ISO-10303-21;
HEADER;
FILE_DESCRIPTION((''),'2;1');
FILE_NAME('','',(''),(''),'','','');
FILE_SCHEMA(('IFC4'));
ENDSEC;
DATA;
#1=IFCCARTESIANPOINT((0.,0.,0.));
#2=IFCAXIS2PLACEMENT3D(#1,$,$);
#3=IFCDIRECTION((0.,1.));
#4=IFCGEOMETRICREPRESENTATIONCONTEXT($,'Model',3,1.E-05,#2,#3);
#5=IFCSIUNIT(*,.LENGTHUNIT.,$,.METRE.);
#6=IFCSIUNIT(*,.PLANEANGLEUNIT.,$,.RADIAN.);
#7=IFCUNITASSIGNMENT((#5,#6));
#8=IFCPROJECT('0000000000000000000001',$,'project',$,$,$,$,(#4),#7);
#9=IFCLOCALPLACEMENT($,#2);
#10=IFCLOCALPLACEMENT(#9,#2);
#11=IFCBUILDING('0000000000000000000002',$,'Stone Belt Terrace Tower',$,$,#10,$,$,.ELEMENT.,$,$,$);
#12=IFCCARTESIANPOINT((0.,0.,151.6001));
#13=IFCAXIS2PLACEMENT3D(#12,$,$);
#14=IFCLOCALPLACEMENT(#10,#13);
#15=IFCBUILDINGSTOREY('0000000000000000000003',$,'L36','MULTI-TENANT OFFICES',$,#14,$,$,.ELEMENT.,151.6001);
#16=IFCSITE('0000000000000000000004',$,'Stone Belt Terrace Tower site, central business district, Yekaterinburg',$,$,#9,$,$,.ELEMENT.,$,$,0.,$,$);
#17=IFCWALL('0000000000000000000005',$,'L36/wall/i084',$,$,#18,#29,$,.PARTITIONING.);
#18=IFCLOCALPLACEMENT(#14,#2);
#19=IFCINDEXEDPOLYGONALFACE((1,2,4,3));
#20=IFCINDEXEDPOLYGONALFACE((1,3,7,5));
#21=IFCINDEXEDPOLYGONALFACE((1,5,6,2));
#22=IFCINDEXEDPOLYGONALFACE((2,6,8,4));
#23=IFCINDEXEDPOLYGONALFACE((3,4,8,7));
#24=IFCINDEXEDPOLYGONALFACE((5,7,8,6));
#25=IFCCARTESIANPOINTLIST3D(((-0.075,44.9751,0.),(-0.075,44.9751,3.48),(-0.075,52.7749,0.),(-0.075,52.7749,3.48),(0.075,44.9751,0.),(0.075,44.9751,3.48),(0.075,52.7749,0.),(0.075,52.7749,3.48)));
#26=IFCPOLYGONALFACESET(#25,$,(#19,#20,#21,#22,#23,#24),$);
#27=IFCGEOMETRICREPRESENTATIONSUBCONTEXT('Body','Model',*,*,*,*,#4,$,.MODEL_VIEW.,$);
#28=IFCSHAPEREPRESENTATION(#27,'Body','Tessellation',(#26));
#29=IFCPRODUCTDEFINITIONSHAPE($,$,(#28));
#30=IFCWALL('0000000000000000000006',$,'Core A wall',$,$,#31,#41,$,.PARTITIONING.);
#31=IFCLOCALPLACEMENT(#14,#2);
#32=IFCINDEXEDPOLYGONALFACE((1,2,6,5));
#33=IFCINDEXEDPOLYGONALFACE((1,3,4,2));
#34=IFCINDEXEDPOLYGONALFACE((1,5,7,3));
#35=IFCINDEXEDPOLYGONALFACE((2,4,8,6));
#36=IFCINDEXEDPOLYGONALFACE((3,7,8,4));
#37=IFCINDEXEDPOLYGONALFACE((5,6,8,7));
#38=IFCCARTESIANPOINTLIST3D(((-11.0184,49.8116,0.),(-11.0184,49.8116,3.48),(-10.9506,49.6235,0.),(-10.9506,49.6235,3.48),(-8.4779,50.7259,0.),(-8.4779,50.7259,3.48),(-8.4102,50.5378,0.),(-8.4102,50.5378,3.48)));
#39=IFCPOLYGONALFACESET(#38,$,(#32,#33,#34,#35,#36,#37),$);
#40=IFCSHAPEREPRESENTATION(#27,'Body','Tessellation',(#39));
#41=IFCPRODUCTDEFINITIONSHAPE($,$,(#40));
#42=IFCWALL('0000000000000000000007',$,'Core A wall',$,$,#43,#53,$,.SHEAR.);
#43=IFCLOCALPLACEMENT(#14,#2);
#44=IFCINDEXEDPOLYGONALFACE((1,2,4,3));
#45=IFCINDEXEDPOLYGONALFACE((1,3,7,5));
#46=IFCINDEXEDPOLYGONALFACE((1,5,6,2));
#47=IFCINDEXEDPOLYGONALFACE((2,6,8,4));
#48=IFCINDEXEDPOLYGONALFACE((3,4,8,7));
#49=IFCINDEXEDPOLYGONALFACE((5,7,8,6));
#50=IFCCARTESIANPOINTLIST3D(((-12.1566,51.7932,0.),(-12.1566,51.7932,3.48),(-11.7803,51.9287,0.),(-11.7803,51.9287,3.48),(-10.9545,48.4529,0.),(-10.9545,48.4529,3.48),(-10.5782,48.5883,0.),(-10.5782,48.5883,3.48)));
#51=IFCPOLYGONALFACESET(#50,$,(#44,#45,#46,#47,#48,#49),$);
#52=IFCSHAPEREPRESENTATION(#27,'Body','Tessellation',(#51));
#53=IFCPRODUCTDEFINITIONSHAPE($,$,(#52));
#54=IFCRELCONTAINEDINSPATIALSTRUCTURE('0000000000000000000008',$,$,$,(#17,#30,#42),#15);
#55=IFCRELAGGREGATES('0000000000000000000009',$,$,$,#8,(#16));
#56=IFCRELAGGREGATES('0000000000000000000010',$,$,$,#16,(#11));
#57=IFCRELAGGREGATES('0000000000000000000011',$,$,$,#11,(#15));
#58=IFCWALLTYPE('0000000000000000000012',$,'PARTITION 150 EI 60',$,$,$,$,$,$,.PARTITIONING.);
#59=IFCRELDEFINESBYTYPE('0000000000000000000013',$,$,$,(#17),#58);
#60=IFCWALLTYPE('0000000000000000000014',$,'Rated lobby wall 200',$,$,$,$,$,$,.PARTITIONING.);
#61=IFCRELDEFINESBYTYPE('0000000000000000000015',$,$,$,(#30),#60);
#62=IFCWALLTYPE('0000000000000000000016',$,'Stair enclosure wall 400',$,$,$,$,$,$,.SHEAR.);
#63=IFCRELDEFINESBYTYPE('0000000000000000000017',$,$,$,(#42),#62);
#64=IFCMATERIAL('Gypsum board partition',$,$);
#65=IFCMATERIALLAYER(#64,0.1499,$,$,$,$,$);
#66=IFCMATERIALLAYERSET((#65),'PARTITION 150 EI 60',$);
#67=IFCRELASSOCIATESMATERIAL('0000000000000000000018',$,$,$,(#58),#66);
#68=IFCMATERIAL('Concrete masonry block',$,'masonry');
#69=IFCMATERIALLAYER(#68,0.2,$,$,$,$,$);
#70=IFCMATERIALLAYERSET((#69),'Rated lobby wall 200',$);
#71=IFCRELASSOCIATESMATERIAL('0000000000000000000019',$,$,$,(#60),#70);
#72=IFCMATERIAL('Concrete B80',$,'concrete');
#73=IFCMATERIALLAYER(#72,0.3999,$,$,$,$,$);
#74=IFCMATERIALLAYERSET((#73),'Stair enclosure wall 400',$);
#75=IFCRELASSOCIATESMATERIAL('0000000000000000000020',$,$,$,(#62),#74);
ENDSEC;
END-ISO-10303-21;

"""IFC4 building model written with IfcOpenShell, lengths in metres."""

from ifc_helpers import new_model, si_unit, direction, frame, frame_2d, origin, place, context, subcontext, project, spatial, rectangle, extrude, material, layer, layer_set, type_object, element, save


model = new_model("IFC4")

# Units and contexts
model_context = context("Model", 3, precision=1e-05, world=origin(), true_north=direction((0.0, 1.0)))
body_context = subcontext(model_context, "Body", "Model", "MODEL_VIEW")
ifc_project = project(units=[si_unit("LENGTHUNIT", "METRE"), si_unit("PLANEANGLEUNIT", "RADIAN")], contexts=[model_context])

# Site, building, storey
site_placement = place(None, origin())
site = spatial("IfcSite", under=ifc_project, at=site_placement, Name="Stone Belt Terrace Tower site, central business district, Yekaterinburg", CompositionType="ELEMENT", RefElevation=0.0)
building_placement = place(site_placement, origin())
building = spatial("IfcBuilding", under=site, at=building_placement, Name="Stone Belt Terrace Tower", CompositionType="ELEMENT")
storey_placement = place(building_placement, frame((0.0, 0.0, 151.6001)))
storey = spatial("IfcBuildingStorey", under=building, at=storey_placement, Name="L36", Description="MULTI-TENANT OFFICES", CompositionType="ELEMENT", Elevation=151.6001)

# Shared definitions
ifc_material_1 = material(Name="Concrete B80", Category="concrete")

# Shared definitions
ifc_material_2 = material(Name="Gypsum board partition")
ifc_layer_1 = layer(ifc_material_2, 0.1499)
ifc_layer_set_1 = layer_set([ifc_layer_1], Name="PARTITION 150 EI 60")
wall_type_1 = type_object("IfcWallType", Name="PARTITION 150 EI 60", PredefinedType="PARTITIONING", material=ifc_layer_set_1)

# Walls
wall_1_placement = place(storey_placement, frame((0.0, 52.7749, 0.0), z_axis=(0.0, 0.0, 1.0), x_axis=(0.0, -1.0, 0.0)))
element("IfcWall", 1, at=wall_1_placement, inside=storey, type_object=wall_type_1, Name="L36/wall/i084", PredefinedType="PARTITIONING", context=body_context, shape_type="SweptSolid", body=[
    extrude(rectangle(XDim=7.7998, YDim=0.1499, at=frame_2d((3.8999, 0.0))), origin(), (0.0, 0.0, 1.0), 3.48),
])
ifc_material_3 = material(Name="Concrete masonry block", Category="masonry")
ifc_layer_2 = layer(ifc_material_3, 0.2)
ifc_layer_set_2 = layer_set([ifc_layer_2], Name="Rated lobby wall 200")
wall_type_2 = type_object("IfcWallType", Name="Rated lobby wall 200", PredefinedType="PARTITIONING", material=ifc_layer_set_2)
wall_2_placement = place(storey_placement, frame((-10.9846, 49.7175, 0.0), z_axis=(0.0, 0.0, 1.0), x_axis=(0.940921, 0.338627, 0.0)))
element("IfcWall", 2, at=wall_2_placement, inside=storey, type_object=wall_type_2, Name="Core A wall", PredefinedType="PARTITIONING", context=body_context, shape_type="SweptSolid", body=[
    extrude(rectangle(XDim=2.7, YDim=0.2, at=frame_2d((1.3501, 0.0))), origin(), (0.0, 0.0, 1.0), 3.48),
])
ifc_layer_3 = layer(ifc_material_1, 0.3999)
ifc_layer_set_3 = layer_set([ifc_layer_3], Name="Stair enclosure wall 400")
wall_type_3 = type_object("IfcWallType", Name="Stair enclosure wall 400", PredefinedType="SHEAR", material=ifc_layer_set_3)
wall_3_placement = place(storey_placement, frame((-10.7664, 48.5208, 0.0), z_axis=(0.0, 0.0, 1.0), x_axis=(-0.338627, 0.940921, 0.0)))
element("IfcWall", 3, at=wall_3_placement, inside=storey, type_object=wall_type_3, Name="Core A wall", PredefinedType="SHEAR", context=body_context, shape_type="SweptSolid", body=[
    extrude(rectangle(XDim=3.55, YDim=0.3999, at=frame_2d((1.7749, 0.0))), origin(), (0.0, 0.0, 1.0), 3.48),
])

save(model, "model.ifc")
